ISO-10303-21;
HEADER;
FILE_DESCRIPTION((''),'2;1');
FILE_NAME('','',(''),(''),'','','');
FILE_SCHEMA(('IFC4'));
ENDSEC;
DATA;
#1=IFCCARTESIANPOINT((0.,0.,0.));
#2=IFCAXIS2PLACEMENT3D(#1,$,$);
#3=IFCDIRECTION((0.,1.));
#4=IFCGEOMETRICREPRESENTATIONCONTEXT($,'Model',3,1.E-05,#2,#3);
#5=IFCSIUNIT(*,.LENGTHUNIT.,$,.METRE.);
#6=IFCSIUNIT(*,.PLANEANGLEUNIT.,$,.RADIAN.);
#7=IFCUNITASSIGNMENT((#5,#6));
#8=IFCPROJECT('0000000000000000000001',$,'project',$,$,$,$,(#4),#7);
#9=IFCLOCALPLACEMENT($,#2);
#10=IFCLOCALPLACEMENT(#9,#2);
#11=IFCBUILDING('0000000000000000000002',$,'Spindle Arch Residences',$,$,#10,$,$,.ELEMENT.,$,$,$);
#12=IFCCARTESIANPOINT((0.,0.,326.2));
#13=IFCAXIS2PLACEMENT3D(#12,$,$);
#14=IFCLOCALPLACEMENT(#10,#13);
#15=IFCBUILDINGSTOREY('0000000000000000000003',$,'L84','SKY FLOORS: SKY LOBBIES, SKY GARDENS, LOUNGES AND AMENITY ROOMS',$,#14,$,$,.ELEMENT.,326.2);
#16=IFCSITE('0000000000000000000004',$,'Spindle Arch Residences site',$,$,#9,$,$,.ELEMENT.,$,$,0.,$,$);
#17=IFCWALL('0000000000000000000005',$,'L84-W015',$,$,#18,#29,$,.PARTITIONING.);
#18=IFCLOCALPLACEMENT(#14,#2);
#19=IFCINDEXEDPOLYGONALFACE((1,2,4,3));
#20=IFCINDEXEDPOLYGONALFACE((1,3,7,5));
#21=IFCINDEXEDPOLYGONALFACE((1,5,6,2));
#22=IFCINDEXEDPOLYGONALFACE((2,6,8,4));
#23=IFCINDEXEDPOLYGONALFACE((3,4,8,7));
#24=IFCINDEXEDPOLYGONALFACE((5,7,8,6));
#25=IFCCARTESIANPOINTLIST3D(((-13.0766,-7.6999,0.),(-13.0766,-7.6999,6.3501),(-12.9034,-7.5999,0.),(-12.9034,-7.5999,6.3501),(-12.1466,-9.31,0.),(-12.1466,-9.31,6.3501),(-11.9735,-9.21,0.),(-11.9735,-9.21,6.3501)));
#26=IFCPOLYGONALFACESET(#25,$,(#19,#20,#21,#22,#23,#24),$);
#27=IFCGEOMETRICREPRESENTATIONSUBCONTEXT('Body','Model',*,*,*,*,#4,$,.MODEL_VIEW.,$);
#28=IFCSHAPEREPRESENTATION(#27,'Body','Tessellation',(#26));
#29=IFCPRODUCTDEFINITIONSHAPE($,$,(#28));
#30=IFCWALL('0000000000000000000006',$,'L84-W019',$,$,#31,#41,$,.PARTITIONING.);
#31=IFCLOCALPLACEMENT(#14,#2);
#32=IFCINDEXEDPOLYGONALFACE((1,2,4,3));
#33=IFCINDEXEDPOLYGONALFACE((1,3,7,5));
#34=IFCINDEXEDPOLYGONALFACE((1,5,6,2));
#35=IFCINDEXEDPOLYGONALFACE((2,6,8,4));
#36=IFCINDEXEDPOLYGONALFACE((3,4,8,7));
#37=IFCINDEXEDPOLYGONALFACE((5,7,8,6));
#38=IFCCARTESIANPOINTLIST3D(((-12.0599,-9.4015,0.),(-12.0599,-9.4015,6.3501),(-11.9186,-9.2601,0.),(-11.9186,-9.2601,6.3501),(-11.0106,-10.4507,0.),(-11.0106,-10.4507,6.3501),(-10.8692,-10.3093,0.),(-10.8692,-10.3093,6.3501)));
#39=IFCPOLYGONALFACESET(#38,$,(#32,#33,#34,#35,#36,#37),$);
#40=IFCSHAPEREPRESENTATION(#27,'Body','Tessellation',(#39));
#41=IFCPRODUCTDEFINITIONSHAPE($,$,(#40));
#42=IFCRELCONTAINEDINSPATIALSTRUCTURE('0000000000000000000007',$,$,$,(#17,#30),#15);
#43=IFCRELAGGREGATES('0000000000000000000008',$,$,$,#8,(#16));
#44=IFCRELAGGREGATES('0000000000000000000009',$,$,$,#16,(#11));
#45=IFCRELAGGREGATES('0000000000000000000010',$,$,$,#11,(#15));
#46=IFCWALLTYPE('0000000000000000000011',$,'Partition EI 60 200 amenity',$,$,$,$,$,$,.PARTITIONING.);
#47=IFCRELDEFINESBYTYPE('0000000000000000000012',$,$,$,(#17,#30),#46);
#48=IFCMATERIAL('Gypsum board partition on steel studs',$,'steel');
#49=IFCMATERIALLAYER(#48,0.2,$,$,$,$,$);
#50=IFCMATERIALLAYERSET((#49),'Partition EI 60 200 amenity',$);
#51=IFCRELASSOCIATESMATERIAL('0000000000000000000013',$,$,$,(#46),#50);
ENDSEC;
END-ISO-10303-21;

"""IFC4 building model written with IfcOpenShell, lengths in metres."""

from ifc_helpers import new_model, si_unit, direction, frame, frame_2d, origin, place, context, subcontext, project, spatial, rectangle, extrude, material, layer, layer_set, type_object, element, save


model = new_model("IFC4")

# Units and contexts
model_context = context("Model", 3, precision=1e-05, world=origin(), true_north=direction((0.0, 1.0)))
body_context = subcontext(model_context, "Body", "Model", "MODEL_VIEW")
ifc_project = project(units=[si_unit("LENGTHUNIT", "METRE"), si_unit("PLANEANGLEUNIT", "RADIAN")], contexts=[model_context])

# Site, building, storey
site_placement = place(None, origin())
site = spatial("IfcSite", under=ifc_project, at=site_placement, Name="Spindle Arch Residences site", CompositionType="ELEMENT", RefElevation=0.0)
building_placement = place(site_placement, origin())
building = spatial("IfcBuilding", under=site, at=building_placement, Name="Spindle Arch Residences", CompositionType="ELEMENT")
storey_placement = place(building_placement, frame((0.0, 0.0, 326.2)))
storey = spatial("IfcBuildingStorey", under=building, at=storey_placement, Name="L84", Description="SKY FLOORS: SKY LOBBIES, SKY GARDENS, LOUNGES AND AMENITY ROOMS", CompositionType="ELEMENT", Elevation=326.2)

# Shared definitions
ifc_material_1 = material(Name="Gypsum board partition on steel studs", Category="steel")
ifc_layer_1 = layer(ifc_material_1, 0.2)
ifc_layer_set_1 = layer_set([ifc_layer_1], Name="Partition EI 60 200 amenity")
wall_type_1 = type_object("IfcWallType", Name="Partition EI 60 200 amenity", PredefinedType="PARTITIONING", material=ifc_layer_set_1)

# Walls
wall_1_placement = place(storey_placement, frame((-12.99, -7.6499, 0.0), z_axis=(0.0, 0.0, 1.0), x_axis=(0.500135, -0.865947, 0.0)))
element("IfcWall", 1, at=wall_1_placement, inside=storey, type_object=wall_type_1, Name="L84-W015", PredefinedType="PARTITIONING", context=body_context, shape_type="SweptSolid", body=[
    extrude(rectangle(XDim=1.8594, YDim=0.2, at=frame_2d((0.9297, 0.0))), origin(), (0.0, 0.0, 1.0), 6.3501),
])
wall_2_placement = place(storey_placement, frame((-11.9893, -9.3308, 0.0), z_axis=(0.0, 0.0, 1.0), x_axis=(0.707189, -0.707025, 0.0)))
element("IfcWall", 2, at=wall_2_placement, inside=storey, type_object=wall_type_1, Name="L84-W019", PredefinedType="PARTITIONING", context=body_context, shape_type="SweptSolid", body=[
    extrude(rectangle(XDim=1.4839, YDim=0.2, at=frame_2d((0.7419, 0.0))), origin(), (0.0, 0.0, 1.0), 6.3501),
])

save(model, "model.ifc")
